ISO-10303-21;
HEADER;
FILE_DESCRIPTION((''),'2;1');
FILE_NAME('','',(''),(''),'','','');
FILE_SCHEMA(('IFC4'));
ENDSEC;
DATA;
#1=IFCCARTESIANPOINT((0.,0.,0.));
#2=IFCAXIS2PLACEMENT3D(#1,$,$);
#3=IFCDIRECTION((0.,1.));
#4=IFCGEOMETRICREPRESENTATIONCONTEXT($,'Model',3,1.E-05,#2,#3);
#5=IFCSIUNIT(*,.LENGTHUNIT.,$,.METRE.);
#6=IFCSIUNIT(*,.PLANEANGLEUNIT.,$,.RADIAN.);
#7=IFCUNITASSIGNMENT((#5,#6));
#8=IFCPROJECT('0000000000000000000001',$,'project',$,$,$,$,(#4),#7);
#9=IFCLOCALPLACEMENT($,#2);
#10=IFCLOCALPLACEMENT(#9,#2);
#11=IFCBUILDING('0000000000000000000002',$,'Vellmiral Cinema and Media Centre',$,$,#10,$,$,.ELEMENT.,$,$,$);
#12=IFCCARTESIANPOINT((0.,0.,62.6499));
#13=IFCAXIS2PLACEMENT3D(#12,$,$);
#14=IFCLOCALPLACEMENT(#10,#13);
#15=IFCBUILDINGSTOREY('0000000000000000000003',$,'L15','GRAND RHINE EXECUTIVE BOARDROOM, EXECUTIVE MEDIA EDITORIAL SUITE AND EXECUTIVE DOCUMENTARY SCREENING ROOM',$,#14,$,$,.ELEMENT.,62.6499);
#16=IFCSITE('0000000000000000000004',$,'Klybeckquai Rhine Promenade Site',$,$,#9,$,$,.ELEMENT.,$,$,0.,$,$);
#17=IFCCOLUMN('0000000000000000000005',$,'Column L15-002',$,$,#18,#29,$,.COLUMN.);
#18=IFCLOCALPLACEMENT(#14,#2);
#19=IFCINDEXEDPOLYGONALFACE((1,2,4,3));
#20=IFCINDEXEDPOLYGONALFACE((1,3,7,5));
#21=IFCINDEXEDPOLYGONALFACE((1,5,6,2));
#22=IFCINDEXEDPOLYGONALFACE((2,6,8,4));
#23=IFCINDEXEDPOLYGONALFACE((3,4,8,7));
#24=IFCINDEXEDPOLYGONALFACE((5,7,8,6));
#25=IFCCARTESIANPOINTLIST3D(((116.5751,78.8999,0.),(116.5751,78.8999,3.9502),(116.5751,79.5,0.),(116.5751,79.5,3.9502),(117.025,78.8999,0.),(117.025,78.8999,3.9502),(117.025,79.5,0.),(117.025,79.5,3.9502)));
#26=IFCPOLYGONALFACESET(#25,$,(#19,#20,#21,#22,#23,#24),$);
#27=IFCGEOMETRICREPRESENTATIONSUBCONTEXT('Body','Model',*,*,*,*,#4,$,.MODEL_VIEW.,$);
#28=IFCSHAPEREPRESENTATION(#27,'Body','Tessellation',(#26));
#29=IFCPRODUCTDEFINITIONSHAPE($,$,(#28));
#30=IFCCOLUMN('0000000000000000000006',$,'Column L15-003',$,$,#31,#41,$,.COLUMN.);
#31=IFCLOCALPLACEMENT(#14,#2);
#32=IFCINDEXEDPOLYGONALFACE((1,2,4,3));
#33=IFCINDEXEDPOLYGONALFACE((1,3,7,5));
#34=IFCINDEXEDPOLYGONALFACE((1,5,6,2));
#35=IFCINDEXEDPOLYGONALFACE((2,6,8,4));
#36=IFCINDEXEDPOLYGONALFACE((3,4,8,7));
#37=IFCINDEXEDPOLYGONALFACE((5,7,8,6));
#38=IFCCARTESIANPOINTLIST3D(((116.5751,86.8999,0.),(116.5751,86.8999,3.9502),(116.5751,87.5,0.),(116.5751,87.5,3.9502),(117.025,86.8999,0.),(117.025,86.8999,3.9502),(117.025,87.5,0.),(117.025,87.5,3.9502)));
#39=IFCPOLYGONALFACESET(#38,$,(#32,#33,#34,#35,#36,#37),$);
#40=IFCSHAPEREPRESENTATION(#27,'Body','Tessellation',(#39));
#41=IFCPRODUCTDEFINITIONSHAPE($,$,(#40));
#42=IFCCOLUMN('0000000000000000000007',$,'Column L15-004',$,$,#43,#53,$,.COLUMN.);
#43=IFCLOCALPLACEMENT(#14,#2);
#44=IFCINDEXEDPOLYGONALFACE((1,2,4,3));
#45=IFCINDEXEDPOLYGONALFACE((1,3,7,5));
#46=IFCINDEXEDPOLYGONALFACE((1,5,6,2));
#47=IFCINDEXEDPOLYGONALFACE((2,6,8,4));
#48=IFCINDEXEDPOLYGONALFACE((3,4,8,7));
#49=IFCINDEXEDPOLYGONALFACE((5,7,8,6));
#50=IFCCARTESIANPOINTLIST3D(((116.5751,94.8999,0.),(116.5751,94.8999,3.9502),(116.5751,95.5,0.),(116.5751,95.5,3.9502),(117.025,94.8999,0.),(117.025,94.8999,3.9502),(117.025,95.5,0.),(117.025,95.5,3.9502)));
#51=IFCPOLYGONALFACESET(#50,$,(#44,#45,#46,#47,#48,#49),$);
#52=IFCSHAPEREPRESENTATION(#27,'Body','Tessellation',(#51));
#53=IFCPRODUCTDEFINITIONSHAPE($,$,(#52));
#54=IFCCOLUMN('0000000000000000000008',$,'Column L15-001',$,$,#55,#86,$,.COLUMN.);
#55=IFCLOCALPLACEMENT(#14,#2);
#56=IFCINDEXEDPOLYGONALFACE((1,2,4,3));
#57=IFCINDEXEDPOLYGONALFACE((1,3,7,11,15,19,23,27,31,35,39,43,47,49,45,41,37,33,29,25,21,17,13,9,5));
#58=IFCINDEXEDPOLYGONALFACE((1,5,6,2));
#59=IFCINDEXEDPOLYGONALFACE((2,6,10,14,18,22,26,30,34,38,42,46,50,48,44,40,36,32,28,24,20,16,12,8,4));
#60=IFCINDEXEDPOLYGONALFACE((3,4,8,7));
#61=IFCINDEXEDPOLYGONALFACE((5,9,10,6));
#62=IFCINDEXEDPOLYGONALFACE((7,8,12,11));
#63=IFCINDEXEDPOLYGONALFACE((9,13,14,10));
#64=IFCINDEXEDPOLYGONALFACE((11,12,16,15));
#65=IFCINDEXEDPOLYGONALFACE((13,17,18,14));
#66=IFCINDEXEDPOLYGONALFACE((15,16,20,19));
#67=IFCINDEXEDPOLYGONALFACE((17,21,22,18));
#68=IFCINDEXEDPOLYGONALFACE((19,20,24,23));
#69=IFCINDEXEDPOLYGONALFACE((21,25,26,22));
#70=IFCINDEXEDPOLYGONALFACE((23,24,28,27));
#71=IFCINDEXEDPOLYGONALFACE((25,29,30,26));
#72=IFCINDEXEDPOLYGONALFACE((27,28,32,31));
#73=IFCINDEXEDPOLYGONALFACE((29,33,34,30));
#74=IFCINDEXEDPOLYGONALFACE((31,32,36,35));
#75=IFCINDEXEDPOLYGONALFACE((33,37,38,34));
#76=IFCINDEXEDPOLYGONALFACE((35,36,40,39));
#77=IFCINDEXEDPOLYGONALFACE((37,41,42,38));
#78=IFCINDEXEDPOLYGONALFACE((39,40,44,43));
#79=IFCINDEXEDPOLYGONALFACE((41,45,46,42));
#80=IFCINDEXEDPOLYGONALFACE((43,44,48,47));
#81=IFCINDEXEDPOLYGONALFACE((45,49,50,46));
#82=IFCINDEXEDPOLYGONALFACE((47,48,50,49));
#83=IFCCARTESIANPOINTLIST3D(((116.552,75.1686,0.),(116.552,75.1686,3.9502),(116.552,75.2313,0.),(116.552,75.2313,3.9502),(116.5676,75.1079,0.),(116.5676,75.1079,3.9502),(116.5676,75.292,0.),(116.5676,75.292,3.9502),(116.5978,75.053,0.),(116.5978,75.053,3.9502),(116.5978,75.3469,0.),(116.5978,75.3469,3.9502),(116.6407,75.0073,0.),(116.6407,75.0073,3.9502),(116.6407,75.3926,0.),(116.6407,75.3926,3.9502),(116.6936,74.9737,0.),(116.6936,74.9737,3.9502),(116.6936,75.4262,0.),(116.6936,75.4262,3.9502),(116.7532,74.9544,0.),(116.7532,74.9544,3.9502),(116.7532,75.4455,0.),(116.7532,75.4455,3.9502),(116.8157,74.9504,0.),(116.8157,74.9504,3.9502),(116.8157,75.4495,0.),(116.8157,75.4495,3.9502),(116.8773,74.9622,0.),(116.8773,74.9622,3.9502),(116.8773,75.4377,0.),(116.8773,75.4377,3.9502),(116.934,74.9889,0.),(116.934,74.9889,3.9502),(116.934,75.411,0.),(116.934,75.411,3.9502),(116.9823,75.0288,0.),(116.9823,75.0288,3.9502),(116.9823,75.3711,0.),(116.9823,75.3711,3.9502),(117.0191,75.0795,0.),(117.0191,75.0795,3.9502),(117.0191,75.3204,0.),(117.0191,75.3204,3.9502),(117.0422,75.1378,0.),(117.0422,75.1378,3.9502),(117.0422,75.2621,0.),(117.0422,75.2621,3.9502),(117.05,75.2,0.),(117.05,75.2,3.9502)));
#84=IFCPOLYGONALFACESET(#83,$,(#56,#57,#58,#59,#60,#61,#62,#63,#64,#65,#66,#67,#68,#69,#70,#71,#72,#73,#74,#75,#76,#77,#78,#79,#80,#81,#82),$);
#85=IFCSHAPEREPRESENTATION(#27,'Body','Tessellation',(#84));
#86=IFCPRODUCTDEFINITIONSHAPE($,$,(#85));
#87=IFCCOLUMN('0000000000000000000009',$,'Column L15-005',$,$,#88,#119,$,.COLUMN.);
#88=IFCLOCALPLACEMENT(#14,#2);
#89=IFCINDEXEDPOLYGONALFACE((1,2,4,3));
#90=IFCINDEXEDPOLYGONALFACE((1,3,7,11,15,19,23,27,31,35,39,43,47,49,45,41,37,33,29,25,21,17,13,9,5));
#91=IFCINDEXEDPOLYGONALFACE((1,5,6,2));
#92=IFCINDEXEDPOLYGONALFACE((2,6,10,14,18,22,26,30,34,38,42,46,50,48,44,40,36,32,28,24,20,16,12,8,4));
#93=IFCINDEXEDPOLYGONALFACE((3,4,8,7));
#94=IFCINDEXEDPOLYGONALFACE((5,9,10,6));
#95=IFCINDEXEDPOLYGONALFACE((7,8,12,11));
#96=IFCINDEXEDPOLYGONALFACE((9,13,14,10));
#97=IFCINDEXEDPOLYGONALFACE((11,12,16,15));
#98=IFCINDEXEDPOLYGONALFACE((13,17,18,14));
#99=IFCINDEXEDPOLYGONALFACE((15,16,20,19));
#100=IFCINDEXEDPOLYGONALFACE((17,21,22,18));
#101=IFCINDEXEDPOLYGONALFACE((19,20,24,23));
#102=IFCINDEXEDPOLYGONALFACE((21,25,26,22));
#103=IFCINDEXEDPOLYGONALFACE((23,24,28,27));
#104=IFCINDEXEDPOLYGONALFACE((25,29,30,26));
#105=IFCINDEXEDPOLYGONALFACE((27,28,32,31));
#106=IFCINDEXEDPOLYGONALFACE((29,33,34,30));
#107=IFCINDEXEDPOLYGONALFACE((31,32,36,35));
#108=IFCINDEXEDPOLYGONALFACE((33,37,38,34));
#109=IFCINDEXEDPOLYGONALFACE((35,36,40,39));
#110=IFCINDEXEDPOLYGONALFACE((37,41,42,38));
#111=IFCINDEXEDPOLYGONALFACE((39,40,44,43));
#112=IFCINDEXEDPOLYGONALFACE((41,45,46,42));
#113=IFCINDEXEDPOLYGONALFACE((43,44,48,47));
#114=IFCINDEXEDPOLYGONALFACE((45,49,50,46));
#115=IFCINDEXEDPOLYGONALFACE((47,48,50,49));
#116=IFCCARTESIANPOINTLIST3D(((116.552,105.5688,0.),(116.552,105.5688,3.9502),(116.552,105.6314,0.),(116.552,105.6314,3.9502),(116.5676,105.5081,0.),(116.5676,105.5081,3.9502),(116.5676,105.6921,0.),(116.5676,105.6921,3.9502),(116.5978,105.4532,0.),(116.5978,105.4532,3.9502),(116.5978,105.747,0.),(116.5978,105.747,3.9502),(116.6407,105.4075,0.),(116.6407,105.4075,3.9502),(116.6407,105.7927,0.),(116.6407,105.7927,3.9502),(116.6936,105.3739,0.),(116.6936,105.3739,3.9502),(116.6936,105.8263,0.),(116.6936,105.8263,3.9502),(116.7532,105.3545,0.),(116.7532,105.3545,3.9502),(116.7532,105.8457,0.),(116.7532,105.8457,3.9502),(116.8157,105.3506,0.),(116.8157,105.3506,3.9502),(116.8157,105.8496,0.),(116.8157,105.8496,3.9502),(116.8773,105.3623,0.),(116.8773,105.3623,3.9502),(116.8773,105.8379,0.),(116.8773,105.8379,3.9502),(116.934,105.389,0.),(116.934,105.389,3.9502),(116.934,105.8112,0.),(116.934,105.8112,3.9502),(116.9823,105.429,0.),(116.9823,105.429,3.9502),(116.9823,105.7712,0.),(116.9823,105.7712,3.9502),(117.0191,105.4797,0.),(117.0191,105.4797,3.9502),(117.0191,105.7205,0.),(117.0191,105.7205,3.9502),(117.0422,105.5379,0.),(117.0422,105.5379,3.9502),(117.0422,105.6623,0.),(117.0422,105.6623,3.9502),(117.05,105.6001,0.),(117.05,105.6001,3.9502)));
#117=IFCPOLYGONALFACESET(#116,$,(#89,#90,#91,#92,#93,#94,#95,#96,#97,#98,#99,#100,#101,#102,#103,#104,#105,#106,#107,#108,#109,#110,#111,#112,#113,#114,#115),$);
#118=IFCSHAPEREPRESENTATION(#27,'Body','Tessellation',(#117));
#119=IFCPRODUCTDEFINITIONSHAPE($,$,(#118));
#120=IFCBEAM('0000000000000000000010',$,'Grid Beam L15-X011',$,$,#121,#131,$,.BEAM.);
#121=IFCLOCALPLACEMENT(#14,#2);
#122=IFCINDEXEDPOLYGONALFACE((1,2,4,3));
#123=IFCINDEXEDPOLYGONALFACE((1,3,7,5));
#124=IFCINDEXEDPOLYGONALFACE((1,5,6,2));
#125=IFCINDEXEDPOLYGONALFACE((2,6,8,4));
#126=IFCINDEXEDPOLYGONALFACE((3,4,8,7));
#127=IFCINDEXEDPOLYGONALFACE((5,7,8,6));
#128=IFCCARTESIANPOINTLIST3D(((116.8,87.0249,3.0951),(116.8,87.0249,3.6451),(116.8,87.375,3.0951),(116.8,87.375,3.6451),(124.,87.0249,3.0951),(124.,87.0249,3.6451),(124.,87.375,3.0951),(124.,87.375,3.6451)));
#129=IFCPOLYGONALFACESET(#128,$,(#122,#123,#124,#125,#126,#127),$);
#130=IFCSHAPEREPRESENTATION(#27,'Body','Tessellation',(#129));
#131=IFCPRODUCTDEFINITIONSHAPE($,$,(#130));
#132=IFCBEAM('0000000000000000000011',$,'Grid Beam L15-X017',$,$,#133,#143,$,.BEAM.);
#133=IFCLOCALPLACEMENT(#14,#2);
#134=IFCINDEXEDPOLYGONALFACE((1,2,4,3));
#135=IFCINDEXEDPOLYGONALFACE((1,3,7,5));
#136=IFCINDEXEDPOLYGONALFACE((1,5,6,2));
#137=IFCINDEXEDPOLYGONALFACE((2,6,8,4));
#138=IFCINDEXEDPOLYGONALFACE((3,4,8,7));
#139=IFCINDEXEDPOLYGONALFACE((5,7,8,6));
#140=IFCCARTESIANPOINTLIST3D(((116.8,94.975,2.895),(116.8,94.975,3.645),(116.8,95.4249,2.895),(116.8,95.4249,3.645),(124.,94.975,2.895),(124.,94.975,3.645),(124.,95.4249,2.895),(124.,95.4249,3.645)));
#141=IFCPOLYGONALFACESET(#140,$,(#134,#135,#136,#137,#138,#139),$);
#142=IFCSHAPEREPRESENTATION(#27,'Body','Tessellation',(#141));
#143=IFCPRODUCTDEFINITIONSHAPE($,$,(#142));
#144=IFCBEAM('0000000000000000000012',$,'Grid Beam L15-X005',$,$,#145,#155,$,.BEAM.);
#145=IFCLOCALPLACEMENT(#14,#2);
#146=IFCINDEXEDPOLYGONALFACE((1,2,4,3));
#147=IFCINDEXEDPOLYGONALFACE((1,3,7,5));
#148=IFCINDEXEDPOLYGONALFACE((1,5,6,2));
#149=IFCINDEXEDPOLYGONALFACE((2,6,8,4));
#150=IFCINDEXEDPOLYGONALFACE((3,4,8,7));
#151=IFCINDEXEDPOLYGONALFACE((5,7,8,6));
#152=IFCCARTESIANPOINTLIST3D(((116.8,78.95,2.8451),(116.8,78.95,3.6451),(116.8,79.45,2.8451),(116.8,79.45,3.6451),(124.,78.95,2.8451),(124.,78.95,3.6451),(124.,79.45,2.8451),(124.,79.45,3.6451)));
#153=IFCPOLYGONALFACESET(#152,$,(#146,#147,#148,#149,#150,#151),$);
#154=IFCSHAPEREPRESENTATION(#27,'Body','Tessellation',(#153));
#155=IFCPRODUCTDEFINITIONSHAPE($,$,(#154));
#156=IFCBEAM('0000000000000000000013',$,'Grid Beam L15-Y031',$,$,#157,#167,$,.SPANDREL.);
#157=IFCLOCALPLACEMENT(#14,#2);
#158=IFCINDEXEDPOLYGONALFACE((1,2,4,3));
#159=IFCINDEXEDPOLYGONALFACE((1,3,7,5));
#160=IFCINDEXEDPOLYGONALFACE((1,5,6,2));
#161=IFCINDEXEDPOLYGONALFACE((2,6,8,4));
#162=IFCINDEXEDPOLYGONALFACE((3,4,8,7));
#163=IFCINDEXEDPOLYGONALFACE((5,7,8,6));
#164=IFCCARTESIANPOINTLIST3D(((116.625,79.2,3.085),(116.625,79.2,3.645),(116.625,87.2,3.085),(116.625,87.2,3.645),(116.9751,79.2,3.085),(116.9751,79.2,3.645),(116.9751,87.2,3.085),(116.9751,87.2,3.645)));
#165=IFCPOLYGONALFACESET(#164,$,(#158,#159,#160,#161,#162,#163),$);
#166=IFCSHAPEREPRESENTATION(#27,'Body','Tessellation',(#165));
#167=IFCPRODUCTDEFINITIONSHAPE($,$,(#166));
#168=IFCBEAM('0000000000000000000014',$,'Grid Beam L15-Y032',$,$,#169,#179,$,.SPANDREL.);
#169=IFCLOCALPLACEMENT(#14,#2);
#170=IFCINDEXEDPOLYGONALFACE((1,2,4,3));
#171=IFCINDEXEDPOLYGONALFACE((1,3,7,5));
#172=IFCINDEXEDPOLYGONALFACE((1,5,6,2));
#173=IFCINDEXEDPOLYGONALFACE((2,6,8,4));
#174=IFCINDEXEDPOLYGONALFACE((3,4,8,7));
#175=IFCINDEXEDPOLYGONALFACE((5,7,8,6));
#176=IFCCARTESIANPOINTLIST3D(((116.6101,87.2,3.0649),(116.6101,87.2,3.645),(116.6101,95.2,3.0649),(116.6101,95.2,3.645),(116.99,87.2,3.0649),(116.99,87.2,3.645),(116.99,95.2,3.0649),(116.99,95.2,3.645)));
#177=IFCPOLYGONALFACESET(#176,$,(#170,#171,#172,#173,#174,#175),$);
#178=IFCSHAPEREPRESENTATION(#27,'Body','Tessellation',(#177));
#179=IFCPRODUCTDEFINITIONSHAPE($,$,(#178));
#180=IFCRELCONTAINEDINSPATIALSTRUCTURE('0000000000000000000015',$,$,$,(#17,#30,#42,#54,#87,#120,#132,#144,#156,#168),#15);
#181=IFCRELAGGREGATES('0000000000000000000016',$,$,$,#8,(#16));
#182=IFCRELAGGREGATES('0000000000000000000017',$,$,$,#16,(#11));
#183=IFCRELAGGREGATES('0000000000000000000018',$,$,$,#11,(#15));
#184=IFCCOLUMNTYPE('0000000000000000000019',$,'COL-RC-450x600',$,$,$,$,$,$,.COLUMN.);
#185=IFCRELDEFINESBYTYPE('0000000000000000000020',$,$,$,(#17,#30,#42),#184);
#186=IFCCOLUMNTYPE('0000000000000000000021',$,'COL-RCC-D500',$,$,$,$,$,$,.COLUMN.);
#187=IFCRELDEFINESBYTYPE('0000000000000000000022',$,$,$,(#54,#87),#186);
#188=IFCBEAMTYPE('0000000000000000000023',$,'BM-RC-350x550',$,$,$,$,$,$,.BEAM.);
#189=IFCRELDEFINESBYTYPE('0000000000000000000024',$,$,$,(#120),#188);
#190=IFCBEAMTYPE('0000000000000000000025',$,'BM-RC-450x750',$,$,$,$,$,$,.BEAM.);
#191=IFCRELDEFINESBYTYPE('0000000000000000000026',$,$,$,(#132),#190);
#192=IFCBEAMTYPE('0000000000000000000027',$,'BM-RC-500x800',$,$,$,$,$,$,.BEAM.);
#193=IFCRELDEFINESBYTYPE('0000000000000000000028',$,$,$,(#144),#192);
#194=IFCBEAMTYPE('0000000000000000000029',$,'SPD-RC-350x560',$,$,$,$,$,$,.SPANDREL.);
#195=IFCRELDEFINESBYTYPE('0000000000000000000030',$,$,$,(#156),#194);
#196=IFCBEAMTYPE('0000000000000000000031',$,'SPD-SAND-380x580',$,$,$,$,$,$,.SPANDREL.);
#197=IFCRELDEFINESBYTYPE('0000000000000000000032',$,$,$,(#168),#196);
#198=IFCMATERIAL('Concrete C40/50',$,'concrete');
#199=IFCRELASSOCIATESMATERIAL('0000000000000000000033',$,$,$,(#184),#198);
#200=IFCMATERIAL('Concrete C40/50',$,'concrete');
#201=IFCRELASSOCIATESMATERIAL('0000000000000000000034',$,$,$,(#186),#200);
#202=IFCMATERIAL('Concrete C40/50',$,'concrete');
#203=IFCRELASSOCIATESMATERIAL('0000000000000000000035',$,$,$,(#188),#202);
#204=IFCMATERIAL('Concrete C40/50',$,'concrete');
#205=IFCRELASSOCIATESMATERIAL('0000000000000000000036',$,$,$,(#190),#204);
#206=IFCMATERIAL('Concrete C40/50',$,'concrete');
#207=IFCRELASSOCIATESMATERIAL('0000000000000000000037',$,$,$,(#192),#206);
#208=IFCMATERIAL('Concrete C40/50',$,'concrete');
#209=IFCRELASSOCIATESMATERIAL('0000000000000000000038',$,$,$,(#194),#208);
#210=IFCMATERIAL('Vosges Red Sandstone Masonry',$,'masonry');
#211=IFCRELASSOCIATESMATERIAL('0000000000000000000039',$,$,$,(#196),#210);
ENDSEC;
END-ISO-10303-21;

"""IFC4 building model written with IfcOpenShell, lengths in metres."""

from ifc_helpers import new_model, si_unit, direction, frame, origin, origin_2d, place, context, subcontext, project, spatial, rectangle, circle, extrude, material, material_profile, profile_set, type_object, element, save


model = new_model("IFC4")

# Units and contexts
model_context = context("Model", 3, precision=1e-05, world=origin(), true_north=direction((0.0, 1.0)))
body_context = subcontext(model_context, "Body", "Model", "MODEL_VIEW")
ifc_project = project(units=[si_unit("LENGTHUNIT", "METRE"), si_unit("PLANEANGLEUNIT", "RADIAN")], contexts=[model_context])

# Site, building, storey
site_placement = place(None, origin())
site = spatial("IfcSite", under=ifc_project, at=site_placement, Name="Klybeckquai Rhine Promenade Site", CompositionType="ELEMENT", RefElevation=0.0)
building_placement = place(site_placement, origin())
building = spatial("IfcBuilding", under=site, at=building_placement, Name="Vellmiral Cinema and Media Centre", CompositionType="ELEMENT")
storey_placement = place(building_placement, frame((0.0, 0.0, 62.6499)))
storey = spatial("IfcBuildingStorey", under=building, at=storey_placement, Name="L15", Description="GRAND RHINE EXECUTIVE BOARDROOM, EXECUTIVE MEDIA EDITORIAL SUITE AND EXECUTIVE DOCUMENTARY SCREENING ROOM", CompositionType="ELEMENT", Elevation=62.6499)

# Columns
ifc_material_1 = material(Name="Concrete C40/50", Category="concrete")
ifc_material_profile_1 = material_profile(ifc_material_1, rectangle(XDim=0.45, YDim=0.6001, at=origin_2d()), Name="RC 450x600")
ifc_profile_set_1 = profile_set([ifc_material_profile_1], Name="Concrete C40/50")
column_type_1 = type_object("IfcColumnType", Name="COL-RC-450x600", PredefinedType="COLUMN", material=ifc_profile_set_1)
for number, where, z_axis, x_axis, name in (
    (1, (116.8, 79.2, 0.0), (0.0, 0.0, 1.0), (1.0, 0.0, 0.0), "Column L15-002"),
    (2, (116.8, 87.2, 0.0), (0.0, 0.0, 1.0), (1.0, 0.0, 0.0), "Column L15-003"),
    (3, (116.8, 95.2, 0.0), (0.0, 0.0, 1.0), (1.0, 0.0, 0.0), "Column L15-004"),
):
    element("IfcColumn", number, at=place(storey_placement, frame(where, z_axis=z_axis, x_axis=x_axis)), inside=storey, type_object=column_type_1, Name=name, PredefinedType="COLUMN", context=body_context, shape_type="SweptSolid", body=[
        extrude(rectangle(XDim=0.45, YDim=0.6001, at=origin_2d()), origin(), (0.0, 0.0, 1.0), 3.9502),
    ])
ifc_material_2 = material(Name="Concrete C40/50", Category="concrete")
ifc_material_profile_2 = material_profile(ifc_material_2, circle(Radius=0.25, at=origin_2d()), Name="RC D500")
ifc_profile_set_2 = profile_set([ifc_material_profile_2], Name="Concrete C40/50")
column_type_2 = type_object("IfcColumnType", Name="COL-RCC-D500", PredefinedType="COLUMN", material=ifc_profile_set_2)
for number, where, z_axis, x_axis, name in (
    (4, (116.8, 75.2, 0.0), (0.0, 0.0, 1.0), (1.0, 0.0, 0.0), "Column L15-001"),
    (5, (116.8, 105.6001, 0.0), (0.0, 0.0, 1.0), (1.0, 0.0, 0.0), "Column L15-005"),
):
    element("IfcColumn", number, at=place(storey_placement, frame(where, z_axis=z_axis, x_axis=x_axis)), inside=storey, type_object=column_type_2, Name=name, PredefinedType="COLUMN", context=body_context, shape_type="SweptSolid", body=[
        extrude(circle(Radius=0.25, at=origin_2d()), origin(), (0.0, 0.0, 1.0), 3.9502),
    ])

# Beams
ifc_material_3 = material(Name="Concrete C40/50", Category="concrete")
ifc_material_profile_3 = material_profile(ifc_material_3, rectangle(XDim=0.3501, YDim=0.55, at=origin_2d()), Name="RC 350x550")
ifc_profile_set_3 = profile_set([ifc_material_profile_3], Name="Concrete C40/50")
beam_type_1 = type_object("IfcBeamType", Name="BM-RC-350x550", PredefinedType="BEAM", material=ifc_profile_set_3)
beam_1_placement = place(storey_placement, frame((116.8, 87.2, 3.3701), z_axis=(1.0, 0.0, 0.0), x_axis=(0.0, 1.0, 0.0)))
element("IfcBeam", 6, at=beam_1_placement, inside=storey, type_object=beam_type_1, Name="Grid Beam L15-X011", PredefinedType="BEAM", context=body_context, shape_type="SweptSolid", body=[
    extrude(rectangle(XDim=0.3501, YDim=0.55, at=origin_2d()), origin(), (0.0, 0.0, 1.0), 7.2),
])
ifc_material_4 = material(Name="Concrete C40/50", Category="concrete")
ifc_material_profile_4 = material_profile(ifc_material_4, rectangle(XDim=0.45, YDim=0.75, at=origin_2d()), Name="RC 450x750")
ifc_profile_set_4 = profile_set([ifc_material_profile_4], Name="Concrete C40/50")
beam_type_2 = type_object("IfcBeamType", Name="BM-RC-450x750", PredefinedType="BEAM", material=ifc_profile_set_4)
beam_2_placement = place(storey_placement, frame((116.8, 95.2, 3.27), z_axis=(1.0, 0.0, 0.0), x_axis=(0.0, 1.0, 0.0)))
element("IfcBeam", 7, at=beam_2_placement, inside=storey, type_object=beam_type_2, Name="Grid Beam L15-X017", PredefinedType="BEAM", context=body_context, shape_type="SweptSolid", body=[
    extrude(rectangle(XDim=0.45, YDim=0.75, at=origin_2d()), origin(), (0.0, 0.0, 1.0), 7.2),
])
ifc_material_5 = material(Name="Concrete C40/50", Category="concrete")
ifc_material_profile_5 = material_profile(ifc_material_5, rectangle(XDim=0.5, YDim=0.8, at=origin_2d()), Name="RC 500x800")
ifc_profile_set_5 = profile_set([ifc_material_profile_5], Name="Concrete C40/50")
beam_type_3 = type_object("IfcBeamType", Name="BM-RC-500x800", PredefinedType="BEAM", material=ifc_profile_set_5)
beam_3_placement = place(storey_placement, frame((116.8, 79.2, 3.2451), z_axis=(1.0, 0.0, 0.0), x_axis=(0.0, 1.0, 0.0)))
element("IfcBeam", 8, at=beam_3_placement, inside=storey, type_object=beam_type_3, Name="Grid Beam L15-X005", PredefinedType="BEAM", context=body_context, shape_type="SweptSolid", body=[
    extrude(rectangle(XDim=0.5, YDim=0.8, at=origin_2d()), origin(), (0.0, 0.0, 1.0), 7.2),
])
ifc_material_6 = material(Name="Concrete C40/50", Category="concrete")
ifc_material_profile_6 = material_profile(ifc_material_6, rectangle(XDim=0.3501, YDim=0.5601, at=origin_2d()), Name="RC 350x560")
ifc_profile_set_6 = profile_set([ifc_material_profile_6], Name="Concrete C40/50")
beam_type_4 = type_object("IfcBeamType", Name="SPD-RC-350x560", PredefinedType="SPANDREL", material=ifc_profile_set_6)
beam_4_placement = place(storey_placement, frame((116.8, 79.2, 3.365), z_axis=(0.0, 1.0, 0.0), x_axis=(-1.0, 0.0, 0.0)))
element("IfcBeam", 9, at=beam_4_placement, inside=storey, type_object=beam_type_4, Name="Grid Beam L15-Y031", PredefinedType="SPANDREL", context=body_context, shape_type="SweptSolid", body=[
    extrude(rectangle(XDim=0.3501, YDim=0.5601, at=origin_2d()), origin(), (0.0, 0.0, 1.0), 8.0),
])
ifc_material_7 = material(Name="Vosges Red Sandstone Masonry", Category="masonry")
ifc_material_profile_7 = material_profile(ifc_material_7, rectangle(XDim=0.3799, YDim=0.5801, at=origin_2d()), Name="SAND 380x580")
ifc_profile_set_7 = profile_set([ifc_material_profile_7], Name="Vosges Red Sandstone Masonry")
beam_type_5 = type_object("IfcBeamType", Name="SPD-SAND-380x580", PredefinedType="SPANDREL", material=ifc_profile_set_7)
beam_5_placement = place(storey_placement, frame((116.8, 87.2, 3.355), z_axis=(0.0, 1.0, 0.0), x_axis=(-1.0, 0.0, 0.0)))
element("IfcBeam", 10, at=beam_5_placement, inside=storey, type_object=beam_type_5, Name="Grid Beam L15-Y032", PredefinedType="SPANDREL", context=body_context, shape_type="SweptSolid", body=[
    extrude(rectangle(XDim=0.3799, YDim=0.5801, at=origin_2d()), origin(), (0.0, 0.0, 1.0), 8.0),
])

save(model, "model.ifc")
